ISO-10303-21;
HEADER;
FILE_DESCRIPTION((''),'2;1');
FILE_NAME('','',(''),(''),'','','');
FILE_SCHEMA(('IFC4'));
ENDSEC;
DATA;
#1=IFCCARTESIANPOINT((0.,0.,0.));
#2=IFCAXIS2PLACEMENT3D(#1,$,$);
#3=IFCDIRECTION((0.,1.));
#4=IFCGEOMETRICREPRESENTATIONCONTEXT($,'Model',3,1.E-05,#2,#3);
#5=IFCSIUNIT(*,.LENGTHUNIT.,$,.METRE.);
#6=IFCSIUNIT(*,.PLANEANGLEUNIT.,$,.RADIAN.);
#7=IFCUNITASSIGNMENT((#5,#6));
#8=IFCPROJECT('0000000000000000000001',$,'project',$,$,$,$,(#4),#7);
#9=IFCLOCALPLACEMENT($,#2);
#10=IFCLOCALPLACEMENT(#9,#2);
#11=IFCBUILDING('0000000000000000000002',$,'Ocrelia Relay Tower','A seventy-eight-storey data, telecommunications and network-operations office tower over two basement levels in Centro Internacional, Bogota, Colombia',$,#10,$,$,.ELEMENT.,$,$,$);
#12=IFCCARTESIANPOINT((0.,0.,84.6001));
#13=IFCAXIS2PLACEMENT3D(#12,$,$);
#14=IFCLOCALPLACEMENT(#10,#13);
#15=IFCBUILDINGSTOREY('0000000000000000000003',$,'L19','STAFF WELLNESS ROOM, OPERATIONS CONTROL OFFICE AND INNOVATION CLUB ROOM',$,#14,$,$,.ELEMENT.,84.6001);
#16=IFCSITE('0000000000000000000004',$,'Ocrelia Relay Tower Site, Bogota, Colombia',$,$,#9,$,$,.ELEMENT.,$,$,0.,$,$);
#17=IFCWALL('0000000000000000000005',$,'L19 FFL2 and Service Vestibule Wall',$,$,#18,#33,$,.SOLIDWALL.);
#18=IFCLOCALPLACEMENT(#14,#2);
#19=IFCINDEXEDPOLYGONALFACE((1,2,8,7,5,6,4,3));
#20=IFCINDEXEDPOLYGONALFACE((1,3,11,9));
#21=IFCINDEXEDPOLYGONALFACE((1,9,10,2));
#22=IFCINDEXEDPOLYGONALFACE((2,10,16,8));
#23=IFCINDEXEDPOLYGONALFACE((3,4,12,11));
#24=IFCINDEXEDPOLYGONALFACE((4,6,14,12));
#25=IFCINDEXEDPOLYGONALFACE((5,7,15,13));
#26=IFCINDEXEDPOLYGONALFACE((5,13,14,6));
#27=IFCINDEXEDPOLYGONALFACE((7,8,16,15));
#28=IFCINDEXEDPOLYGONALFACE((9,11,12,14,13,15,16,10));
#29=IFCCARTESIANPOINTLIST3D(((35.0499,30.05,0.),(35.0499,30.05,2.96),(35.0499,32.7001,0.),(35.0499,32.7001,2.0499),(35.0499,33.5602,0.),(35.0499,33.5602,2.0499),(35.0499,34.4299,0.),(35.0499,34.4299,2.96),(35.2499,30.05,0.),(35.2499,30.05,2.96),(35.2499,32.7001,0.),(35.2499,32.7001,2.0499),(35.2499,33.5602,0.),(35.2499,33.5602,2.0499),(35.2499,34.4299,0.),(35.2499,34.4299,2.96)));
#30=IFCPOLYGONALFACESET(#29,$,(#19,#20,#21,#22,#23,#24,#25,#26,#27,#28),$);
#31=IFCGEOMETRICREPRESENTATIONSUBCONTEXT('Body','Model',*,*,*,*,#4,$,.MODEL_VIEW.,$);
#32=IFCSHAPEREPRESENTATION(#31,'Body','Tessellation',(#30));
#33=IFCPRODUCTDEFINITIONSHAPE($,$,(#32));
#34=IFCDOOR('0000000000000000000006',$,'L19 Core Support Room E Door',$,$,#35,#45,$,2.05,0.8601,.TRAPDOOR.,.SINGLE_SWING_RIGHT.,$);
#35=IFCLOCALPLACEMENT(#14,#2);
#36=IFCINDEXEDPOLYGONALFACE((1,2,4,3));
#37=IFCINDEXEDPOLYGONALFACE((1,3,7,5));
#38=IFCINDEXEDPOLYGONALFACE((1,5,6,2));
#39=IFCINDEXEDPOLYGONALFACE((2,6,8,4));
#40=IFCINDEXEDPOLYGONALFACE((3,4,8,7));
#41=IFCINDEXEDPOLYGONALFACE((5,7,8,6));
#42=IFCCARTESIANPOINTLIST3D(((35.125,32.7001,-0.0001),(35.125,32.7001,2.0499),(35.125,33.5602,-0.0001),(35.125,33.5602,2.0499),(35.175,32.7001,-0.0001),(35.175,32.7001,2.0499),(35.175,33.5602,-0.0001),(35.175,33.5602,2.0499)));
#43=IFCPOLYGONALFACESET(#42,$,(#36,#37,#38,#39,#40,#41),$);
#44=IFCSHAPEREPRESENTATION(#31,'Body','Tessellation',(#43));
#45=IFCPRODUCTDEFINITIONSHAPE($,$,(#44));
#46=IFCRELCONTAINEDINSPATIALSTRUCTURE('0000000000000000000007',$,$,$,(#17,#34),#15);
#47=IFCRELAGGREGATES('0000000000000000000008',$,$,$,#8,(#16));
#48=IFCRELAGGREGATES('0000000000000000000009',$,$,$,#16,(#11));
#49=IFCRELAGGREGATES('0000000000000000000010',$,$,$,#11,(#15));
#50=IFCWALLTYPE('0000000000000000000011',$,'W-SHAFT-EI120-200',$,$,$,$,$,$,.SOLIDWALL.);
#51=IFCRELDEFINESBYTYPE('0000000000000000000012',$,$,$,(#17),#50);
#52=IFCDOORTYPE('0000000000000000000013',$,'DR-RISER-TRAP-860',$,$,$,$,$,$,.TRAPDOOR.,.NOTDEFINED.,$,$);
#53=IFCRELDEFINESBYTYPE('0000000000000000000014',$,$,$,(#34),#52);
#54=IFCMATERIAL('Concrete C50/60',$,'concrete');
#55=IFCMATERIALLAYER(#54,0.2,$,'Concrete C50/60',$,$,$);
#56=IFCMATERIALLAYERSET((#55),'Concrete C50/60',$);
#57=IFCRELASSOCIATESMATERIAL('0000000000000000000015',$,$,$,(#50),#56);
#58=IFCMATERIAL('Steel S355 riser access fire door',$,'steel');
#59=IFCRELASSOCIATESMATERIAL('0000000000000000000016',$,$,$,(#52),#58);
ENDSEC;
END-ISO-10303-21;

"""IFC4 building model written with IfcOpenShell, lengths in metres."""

from ifc_helpers import new_model, si_unit, direction, frame, frame_2d, origin, place, context, subcontext, project, spatial, rectangle, extrude, material, layer, layer_set, type_object, element, fill, save


model = new_model("IFC4")

# Units and contexts
model_context = context("Model", 3, precision=1e-05, world=origin(), true_north=direction((0.0, 1.0)))
body_context = subcontext(model_context, "Body", "Model", "MODEL_VIEW")
ifc_project = project(units=[si_unit("LENGTHUNIT", "METRE"), si_unit("PLANEANGLEUNIT", "RADIAN")], contexts=[model_context])

# Site, building, storey
site_placement = place(None, origin())
site = spatial("IfcSite", under=ifc_project, at=site_placement, Name="Ocrelia Relay Tower Site, Bogota, Colombia", CompositionType="ELEMENT", RefElevation=0.0)
building_placement = place(site_placement, origin())
building = spatial("IfcBuilding", under=site, at=building_placement, Name="Ocrelia Relay Tower", Description="A seventy-eight-storey data, telecommunications and network-operations office tower over two basement levels in Centro Internacional, Bogota, Colombia", CompositionType="ELEMENT")
storey_placement = place(building_placement, frame((0.0, 0.0, 84.6001)))
storey = spatial("IfcBuildingStorey", under=building, at=storey_placement, Name="L19", Description="STAFF WELLNESS ROOM, OPERATIONS CONTROL OFFICE AND INNOVATION CLUB ROOM", CompositionType="ELEMENT", Elevation=84.6001)

# Shared definitions
ifc_material_1 = material(Name="Concrete C50/60", Category="concrete")

# Shared definitions
ifc_layer_1 = layer(ifc_material_1, 0.2, Name="Concrete C50/60")
ifc_layer_set_1 = layer_set([ifc_layer_1], Name="Concrete C50/60")
wall_type_1 = type_object("IfcWallType", Name="W-SHAFT-EI120-200", PredefinedType="SOLIDWALL", material=ifc_layer_set_1)

# Shared definitions
ifc_material_2 = material(Name="Steel S355 riser access fire door", Category="steel")
door_type_1 = type_object("IfcDoorType", Name="DR-RISER-TRAP-860", OperationType="NOTDEFINED", PredefinedType="TRAPDOOR", material=ifc_material_2)

# Wall, opening, door
wall_1_placement = place(storey_placement, frame((35.1499, 30.05, 0.0), z_axis=(0.0, 0.0, 1.0), x_axis=(0.0, 1.0, 0.0)))
wall_1 = element("IfcWall", 1, at=wall_1_placement, inside=storey, type_object=wall_type_1, Name="L19 FFL2 and Service Vestibule Wall", PredefinedType="SOLIDWALL", context=body_context, shape_type="SweptSolid", body=[
    extrude(rectangle(XDim=4.3799, YDim=0.2, at=frame_2d((2.1899, 0.0))), origin(), (0.0, 0.0, 1.0), 2.96),
])
opening_1_placement = place(wall_1_placement, frame((2.6499, 0.0, 0.0)))
opening_1 = element("IfcOpeningElement", 2, at=opening_1_placement, cuts=wall_1, PredefinedType="OPENING", context=body_context, shape_type="SweptSolid", body=[
    extrude(rectangle(XDim=0.8601, YDim=2.05, at=frame_2d((0.4302, 1.0249))), frame((0.0, 0.1099, 0.0), z_axis=(0.0, -1.0, 0.0), x_axis=(1.0, 0.0, 0.0)), (0.0, 0.0, 1.0), 0.22),
])
door_1_placement = place(opening_1_placement, origin())
door_1 = element("IfcDoor", 3, at=door_1_placement, inside=storey, type_object=door_type_1, Name="L19 Core Support Room E Door", OperationType="SINGLE_SWING_RIGHT", OverallHeight=2.05, OverallWidth=0.8601, PredefinedType="TRAPDOOR", context=body_context, shape_type="SweptSolid", body=[
    extrude(rectangle(XDim=0.8601, YDim=2.05, at=frame_2d((0.4302, 1.0249))), frame((0.0, 0.0249, 0.0), z_axis=(0.0, -1.0, 0.0), x_axis=(1.0, 0.0, 0.0)), (0.0, 0.0, 1.0), 0.05),
])
fill(opening_1, door_1)

save(model, "model.ifc")
